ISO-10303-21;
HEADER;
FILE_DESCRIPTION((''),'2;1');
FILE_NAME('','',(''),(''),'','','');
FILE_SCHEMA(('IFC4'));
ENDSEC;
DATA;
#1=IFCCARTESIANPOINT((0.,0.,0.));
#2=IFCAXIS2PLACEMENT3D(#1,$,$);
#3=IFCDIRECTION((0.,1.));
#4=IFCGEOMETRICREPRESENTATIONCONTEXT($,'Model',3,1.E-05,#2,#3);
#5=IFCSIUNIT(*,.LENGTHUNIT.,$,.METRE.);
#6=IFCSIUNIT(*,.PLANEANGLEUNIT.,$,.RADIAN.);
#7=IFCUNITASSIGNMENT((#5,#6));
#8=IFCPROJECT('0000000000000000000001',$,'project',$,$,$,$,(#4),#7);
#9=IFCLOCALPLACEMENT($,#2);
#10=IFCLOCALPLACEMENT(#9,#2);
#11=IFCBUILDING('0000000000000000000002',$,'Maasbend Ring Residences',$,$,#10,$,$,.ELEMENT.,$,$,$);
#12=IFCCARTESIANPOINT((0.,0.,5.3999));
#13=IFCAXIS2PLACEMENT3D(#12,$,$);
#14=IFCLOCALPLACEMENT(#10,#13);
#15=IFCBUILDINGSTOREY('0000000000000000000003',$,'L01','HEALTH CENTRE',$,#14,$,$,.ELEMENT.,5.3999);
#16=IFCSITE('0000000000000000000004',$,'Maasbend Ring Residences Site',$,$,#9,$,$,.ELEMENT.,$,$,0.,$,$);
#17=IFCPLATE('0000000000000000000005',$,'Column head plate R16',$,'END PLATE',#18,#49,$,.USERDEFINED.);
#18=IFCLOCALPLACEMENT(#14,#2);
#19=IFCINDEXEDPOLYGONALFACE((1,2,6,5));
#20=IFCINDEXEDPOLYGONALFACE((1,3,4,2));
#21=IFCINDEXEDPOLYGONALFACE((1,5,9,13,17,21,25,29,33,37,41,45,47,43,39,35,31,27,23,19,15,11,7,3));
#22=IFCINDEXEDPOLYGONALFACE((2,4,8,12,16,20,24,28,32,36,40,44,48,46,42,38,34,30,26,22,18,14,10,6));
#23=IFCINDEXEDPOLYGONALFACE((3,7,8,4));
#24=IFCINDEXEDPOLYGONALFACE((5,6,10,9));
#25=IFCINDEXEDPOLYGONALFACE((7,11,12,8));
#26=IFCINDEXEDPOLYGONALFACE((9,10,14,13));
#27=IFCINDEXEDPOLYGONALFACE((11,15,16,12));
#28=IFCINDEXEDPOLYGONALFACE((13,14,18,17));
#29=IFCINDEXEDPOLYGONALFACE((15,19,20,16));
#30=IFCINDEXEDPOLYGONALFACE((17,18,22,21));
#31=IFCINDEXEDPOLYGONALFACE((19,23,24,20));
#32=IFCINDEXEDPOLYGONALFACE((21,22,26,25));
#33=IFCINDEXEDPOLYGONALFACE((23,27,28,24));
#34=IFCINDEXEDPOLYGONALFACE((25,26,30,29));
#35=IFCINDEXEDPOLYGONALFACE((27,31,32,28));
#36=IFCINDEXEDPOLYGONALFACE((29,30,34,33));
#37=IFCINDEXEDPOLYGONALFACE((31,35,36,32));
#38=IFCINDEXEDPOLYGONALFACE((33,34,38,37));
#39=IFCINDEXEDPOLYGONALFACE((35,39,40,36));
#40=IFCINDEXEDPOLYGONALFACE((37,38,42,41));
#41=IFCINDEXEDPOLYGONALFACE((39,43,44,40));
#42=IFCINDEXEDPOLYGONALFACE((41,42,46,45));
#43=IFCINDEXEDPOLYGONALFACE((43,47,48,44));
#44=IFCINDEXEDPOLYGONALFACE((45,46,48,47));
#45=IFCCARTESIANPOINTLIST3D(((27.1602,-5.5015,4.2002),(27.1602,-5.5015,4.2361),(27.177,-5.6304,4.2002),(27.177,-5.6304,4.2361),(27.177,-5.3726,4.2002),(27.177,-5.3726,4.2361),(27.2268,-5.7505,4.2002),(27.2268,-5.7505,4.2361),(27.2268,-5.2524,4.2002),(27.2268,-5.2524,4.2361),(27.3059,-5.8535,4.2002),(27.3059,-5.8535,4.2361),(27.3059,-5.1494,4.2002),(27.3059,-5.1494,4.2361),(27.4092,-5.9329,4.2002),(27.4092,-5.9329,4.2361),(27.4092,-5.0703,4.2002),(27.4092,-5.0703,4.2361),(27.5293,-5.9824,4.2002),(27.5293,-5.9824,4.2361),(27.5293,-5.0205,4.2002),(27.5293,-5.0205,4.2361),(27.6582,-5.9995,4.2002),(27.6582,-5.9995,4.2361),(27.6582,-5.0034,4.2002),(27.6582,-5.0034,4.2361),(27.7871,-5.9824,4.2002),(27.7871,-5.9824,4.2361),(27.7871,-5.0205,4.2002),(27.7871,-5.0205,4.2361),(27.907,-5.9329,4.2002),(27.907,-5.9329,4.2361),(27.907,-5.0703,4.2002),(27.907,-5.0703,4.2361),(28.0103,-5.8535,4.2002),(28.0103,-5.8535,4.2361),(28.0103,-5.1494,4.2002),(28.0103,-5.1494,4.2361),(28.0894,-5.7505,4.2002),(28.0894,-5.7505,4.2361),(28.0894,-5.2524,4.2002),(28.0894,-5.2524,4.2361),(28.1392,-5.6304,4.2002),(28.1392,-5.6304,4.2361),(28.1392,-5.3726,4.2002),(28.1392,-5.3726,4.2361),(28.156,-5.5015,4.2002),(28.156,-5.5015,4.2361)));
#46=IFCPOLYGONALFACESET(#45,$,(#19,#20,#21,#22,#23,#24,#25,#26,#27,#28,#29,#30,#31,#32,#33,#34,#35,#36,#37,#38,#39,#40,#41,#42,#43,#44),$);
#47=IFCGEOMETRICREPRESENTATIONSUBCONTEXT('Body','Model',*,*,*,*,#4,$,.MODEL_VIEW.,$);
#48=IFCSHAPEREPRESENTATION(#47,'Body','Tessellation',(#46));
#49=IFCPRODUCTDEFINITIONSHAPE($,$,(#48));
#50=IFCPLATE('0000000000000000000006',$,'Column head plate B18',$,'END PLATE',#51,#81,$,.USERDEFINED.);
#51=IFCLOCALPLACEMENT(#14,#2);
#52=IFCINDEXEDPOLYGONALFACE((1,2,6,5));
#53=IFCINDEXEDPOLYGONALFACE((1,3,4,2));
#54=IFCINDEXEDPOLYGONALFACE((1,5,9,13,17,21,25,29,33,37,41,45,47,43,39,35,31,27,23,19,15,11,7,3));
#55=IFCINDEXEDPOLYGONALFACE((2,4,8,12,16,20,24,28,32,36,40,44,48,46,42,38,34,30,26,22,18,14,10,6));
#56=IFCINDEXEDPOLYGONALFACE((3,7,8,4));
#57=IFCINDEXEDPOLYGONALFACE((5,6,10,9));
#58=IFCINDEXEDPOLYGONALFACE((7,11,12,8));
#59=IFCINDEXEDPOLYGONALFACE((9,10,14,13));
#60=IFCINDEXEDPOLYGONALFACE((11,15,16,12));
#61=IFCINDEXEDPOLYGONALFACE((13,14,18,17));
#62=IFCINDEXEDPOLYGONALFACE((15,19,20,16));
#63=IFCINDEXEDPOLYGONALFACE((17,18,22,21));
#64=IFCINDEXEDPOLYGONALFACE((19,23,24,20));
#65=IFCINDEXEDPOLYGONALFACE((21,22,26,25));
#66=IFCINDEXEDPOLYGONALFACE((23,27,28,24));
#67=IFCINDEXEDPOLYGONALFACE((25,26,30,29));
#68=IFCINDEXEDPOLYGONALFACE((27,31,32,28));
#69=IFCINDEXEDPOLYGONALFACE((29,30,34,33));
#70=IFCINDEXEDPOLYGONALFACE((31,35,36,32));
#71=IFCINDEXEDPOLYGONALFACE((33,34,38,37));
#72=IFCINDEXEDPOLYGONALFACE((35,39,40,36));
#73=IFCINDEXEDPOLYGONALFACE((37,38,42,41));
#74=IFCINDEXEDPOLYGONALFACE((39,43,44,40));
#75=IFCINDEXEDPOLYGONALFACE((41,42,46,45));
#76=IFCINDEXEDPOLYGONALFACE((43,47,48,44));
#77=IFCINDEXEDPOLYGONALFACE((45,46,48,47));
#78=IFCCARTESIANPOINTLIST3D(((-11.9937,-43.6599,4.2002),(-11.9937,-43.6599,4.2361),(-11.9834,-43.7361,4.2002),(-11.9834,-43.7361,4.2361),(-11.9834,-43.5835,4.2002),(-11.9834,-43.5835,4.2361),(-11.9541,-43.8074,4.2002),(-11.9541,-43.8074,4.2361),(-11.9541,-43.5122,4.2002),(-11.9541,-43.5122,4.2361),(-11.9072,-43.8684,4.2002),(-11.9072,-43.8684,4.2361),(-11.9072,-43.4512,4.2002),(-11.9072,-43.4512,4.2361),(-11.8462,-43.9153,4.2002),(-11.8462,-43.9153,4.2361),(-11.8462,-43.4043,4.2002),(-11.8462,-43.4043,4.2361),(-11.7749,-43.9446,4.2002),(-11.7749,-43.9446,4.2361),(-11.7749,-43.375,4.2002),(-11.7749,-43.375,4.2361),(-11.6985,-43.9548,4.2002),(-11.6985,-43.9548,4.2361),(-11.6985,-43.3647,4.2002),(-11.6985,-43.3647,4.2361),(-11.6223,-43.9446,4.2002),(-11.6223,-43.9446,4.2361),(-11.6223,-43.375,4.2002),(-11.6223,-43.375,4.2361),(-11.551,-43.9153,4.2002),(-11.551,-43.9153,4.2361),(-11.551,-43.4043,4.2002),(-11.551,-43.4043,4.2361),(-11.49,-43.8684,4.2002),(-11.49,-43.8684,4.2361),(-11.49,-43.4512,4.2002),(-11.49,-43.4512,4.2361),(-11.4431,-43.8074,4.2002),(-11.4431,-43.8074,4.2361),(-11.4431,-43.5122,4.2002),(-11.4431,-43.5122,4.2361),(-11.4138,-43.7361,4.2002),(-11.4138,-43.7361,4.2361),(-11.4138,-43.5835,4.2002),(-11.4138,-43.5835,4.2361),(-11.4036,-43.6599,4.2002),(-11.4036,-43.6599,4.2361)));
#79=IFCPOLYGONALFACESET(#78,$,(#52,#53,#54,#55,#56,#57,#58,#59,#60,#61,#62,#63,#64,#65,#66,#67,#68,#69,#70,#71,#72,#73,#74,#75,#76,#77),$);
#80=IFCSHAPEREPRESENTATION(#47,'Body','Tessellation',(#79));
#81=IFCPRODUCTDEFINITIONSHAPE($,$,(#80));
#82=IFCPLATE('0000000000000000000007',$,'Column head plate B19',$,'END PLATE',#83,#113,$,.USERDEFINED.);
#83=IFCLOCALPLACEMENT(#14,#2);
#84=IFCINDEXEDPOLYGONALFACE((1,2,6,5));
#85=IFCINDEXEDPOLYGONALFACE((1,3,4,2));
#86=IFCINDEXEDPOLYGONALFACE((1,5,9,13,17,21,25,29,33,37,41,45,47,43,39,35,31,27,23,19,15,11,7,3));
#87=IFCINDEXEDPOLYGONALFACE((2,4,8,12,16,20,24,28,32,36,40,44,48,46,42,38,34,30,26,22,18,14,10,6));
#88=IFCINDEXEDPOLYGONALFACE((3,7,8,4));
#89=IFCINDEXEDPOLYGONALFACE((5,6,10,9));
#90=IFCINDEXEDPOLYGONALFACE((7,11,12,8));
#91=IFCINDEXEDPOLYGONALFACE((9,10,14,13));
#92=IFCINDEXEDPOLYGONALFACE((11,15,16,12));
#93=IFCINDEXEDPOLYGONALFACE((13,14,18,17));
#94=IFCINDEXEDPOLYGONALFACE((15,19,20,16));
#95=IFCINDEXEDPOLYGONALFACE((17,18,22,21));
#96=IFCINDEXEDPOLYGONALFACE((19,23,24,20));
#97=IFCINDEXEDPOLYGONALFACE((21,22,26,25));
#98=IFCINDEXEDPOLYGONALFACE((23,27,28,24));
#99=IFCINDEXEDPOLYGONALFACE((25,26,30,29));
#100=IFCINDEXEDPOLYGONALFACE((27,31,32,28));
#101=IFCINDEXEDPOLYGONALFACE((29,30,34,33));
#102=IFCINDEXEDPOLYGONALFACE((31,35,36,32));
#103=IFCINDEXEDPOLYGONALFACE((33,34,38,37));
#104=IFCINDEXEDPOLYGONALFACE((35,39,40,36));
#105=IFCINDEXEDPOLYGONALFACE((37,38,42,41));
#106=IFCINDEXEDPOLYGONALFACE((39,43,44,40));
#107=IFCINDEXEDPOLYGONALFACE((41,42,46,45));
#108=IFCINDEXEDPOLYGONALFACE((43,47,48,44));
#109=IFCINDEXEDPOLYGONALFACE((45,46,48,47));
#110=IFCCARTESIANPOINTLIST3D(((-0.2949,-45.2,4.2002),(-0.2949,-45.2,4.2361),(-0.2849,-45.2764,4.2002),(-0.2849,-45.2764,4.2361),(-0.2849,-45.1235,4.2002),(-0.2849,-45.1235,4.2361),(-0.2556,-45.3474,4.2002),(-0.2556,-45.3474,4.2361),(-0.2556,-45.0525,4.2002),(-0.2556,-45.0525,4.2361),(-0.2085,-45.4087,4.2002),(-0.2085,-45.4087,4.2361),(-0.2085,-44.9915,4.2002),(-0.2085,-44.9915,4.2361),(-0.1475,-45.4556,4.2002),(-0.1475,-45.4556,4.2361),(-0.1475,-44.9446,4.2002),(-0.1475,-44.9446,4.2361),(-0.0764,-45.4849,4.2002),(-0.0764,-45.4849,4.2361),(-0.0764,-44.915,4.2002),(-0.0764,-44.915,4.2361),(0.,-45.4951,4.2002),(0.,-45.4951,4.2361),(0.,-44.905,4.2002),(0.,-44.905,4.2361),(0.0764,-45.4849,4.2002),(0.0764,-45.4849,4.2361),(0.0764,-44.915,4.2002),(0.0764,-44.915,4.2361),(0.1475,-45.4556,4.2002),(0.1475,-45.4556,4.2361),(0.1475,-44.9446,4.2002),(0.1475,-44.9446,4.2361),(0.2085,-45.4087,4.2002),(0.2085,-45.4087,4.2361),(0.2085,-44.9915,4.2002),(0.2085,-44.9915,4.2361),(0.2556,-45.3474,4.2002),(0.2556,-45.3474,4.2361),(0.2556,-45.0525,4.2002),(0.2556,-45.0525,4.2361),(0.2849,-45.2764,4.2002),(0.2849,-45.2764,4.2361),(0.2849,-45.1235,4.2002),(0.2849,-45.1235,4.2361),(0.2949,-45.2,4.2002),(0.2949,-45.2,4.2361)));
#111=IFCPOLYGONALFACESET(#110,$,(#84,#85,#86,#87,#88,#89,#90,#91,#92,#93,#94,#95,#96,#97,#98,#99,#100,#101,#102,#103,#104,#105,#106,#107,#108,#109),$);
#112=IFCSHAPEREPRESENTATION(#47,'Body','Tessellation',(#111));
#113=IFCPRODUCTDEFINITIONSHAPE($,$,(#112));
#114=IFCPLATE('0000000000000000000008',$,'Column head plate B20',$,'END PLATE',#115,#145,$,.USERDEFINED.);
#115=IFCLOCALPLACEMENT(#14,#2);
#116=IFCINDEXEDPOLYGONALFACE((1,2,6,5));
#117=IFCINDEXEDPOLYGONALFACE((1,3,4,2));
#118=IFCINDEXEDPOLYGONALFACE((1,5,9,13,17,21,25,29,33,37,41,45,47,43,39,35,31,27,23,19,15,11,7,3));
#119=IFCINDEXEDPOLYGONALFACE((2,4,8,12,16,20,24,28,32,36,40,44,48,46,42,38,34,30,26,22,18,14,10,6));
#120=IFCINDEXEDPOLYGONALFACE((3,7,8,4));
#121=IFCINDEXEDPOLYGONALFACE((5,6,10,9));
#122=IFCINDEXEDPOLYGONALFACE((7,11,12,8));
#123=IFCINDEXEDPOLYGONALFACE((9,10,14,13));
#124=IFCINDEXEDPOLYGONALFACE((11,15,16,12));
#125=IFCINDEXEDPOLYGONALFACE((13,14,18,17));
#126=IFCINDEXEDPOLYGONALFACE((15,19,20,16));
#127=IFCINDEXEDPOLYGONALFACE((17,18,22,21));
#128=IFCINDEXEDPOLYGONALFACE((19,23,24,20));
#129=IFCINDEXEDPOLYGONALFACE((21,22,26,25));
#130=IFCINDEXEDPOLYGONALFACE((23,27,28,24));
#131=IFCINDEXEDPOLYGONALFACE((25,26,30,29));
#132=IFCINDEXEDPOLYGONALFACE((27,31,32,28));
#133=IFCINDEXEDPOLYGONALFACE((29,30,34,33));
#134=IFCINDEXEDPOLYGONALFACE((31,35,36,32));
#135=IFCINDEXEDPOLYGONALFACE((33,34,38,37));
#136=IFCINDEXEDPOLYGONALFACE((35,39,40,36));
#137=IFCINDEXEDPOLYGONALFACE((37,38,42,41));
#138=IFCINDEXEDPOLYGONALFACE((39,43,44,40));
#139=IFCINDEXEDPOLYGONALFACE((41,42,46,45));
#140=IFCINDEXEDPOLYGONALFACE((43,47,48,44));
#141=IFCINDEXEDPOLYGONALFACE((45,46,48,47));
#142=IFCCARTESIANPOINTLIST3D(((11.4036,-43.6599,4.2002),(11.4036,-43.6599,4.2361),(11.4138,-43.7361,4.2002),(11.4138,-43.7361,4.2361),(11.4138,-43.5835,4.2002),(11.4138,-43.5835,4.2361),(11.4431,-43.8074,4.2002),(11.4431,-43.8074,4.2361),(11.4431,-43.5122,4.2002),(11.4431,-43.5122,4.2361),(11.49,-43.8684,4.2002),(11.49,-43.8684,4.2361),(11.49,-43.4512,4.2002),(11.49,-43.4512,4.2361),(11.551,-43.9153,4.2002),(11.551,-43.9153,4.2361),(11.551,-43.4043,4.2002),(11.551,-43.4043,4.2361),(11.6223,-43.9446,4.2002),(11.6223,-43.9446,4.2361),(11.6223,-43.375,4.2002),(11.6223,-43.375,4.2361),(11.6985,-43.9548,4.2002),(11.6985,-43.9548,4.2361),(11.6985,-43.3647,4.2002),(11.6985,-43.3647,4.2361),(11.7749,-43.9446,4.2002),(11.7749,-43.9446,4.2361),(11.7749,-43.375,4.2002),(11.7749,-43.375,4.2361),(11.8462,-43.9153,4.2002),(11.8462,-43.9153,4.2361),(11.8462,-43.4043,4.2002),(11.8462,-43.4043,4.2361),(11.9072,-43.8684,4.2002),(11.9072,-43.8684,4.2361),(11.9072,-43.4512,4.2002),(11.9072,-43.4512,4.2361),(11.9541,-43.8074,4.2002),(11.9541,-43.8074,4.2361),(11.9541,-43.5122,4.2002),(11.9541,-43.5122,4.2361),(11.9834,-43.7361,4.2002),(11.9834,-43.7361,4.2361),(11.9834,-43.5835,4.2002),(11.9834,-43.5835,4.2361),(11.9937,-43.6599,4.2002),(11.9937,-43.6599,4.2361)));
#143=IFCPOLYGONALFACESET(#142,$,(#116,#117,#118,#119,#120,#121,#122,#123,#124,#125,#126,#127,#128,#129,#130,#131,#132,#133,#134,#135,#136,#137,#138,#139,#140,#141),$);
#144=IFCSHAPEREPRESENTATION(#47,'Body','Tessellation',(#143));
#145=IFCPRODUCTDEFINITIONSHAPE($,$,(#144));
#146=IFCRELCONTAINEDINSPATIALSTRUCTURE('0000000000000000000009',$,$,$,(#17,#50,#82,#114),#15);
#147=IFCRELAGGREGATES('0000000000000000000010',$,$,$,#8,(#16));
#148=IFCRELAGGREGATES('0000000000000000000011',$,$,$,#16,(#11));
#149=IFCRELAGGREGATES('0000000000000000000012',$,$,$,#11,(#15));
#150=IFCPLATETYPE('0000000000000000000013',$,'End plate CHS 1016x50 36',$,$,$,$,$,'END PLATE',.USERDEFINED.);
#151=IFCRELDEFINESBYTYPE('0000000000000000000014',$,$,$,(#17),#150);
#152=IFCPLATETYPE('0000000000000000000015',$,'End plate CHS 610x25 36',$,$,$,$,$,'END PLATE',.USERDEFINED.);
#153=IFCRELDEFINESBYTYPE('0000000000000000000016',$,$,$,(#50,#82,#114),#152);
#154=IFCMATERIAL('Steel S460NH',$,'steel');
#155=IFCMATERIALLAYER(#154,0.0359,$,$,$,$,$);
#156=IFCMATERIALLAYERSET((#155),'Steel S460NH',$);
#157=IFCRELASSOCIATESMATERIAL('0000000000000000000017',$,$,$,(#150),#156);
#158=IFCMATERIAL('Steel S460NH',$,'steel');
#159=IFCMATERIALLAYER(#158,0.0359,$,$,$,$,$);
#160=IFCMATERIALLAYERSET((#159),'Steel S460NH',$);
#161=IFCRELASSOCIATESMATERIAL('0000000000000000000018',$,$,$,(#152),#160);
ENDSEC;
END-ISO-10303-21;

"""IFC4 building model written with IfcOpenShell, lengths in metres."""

from ifc_helpers import new_model, si_unit, direction, frame, origin, place, context, subcontext, project, spatial, polyline, outline, extrude, material, layer, layer_set, type_object, element, save


model = new_model("IFC4")

# Units and contexts
model_context = context("Model", 3, precision=1e-05, world=origin(), true_north=direction((0.0, 1.0)))
body_context = subcontext(model_context, "Body", "Model", "MODEL_VIEW")
ifc_project = project(units=[si_unit("LENGTHUNIT", "METRE"), si_unit("PLANEANGLEUNIT", "RADIAN")], contexts=[model_context])

# Site, building, storey
site_placement = place(None, origin())
site = spatial("IfcSite", under=ifc_project, at=site_placement, Name="Maasbend Ring Residences Site", CompositionType="ELEMENT", RefElevation=0.0)
building_placement = place(site_placement, origin())
building = spatial("IfcBuilding", under=site, at=building_placement, Name="Maasbend Ring Residences", CompositionType="ELEMENT")
storey_placement = place(building_placement, frame((0.0, 0.0, 5.3999)))
storey = spatial("IfcBuildingStorey", under=building, at=storey_placement, Name="L01", Description="HEALTH CENTRE", CompositionType="ELEMENT", Elevation=5.3999)

# Plates
ifc_material_1 = material(Name="Steel S460NH", Category="steel")
ifc_layer_1 = layer(ifc_material_1, 0.0359)
ifc_layer_set_1 = layer_set([ifc_layer_1], Name="Steel S460NH")
plate_type_1 = type_object("IfcPlateType", Name="End plate CHS 1016x50 36", ElementType="END PLATE", PredefinedType="USERDEFINED", material=ifc_layer_set_1)
plate_1_placement = place(storey_placement, frame((0.0, 0.0, 4.2002)))
element("IfcPlate", 1, at=plate_1_placement, inside=storey, type_object=plate_type_1, Name="Column head plate R16", ObjectType="END PLATE", PredefinedType="USERDEFINED", context=body_context, shape_type="SweptSolid", body=[
    extrude(outline(polyline([(28.156, -5.5015), (28.1392, -5.3726), (28.0894, -5.2524), (28.0103, -5.1494), (27.907, -5.0703), (27.7871, -5.0205), (27.6582, -5.0034), (27.5293, -5.0205), (27.4092, -5.0703), (27.3059, -5.1494), (27.2268, -5.2524), (27.177, -5.3726), (27.1602, -5.5015), (27.177, -5.6304), (27.2268, -5.7505), (27.3059, -5.8535), (27.4092, -5.9329), (27.5293, -5.9824), (27.6582, -5.9995), (27.7871, -5.9824), (27.907, -5.9329), (28.0103, -5.8535), (28.0894, -5.7505), (28.1392, -5.6304), (28.156, -5.5015)])), origin(), (0.0, 0.0, 1.0), 0.0359),
])
ifc_material_2 = material(Name="Steel S460NH", Category="steel")
ifc_layer_2 = layer(ifc_material_2, 0.0359)
ifc_layer_set_2 = layer_set([ifc_layer_2], Name="Steel S460NH")
plate_type_2 = type_object("IfcPlateType", Name="End plate CHS 610x25 36", ElementType="END PLATE", PredefinedType="USERDEFINED", material=ifc_layer_set_2)
plate_2_placement = place(storey_placement, frame((0.0, 0.0, 4.2002)))
element("IfcPlate", 2, at=plate_2_placement, inside=storey, type_object=plate_type_2, Name="Column head plate B18", ObjectType="END PLATE", PredefinedType="USERDEFINED", context=body_context, shape_type="SweptSolid", body=[
    extrude(outline(polyline([(-11.4036, -43.6599), (-11.4138, -43.5835), (-11.4431, -43.5122), (-11.49, -43.4512), (-11.551, -43.4043), (-11.6223, -43.375), (-11.6985, -43.3647), (-11.7749, -43.375), (-11.8462, -43.4043), (-11.9072, -43.4512), (-11.9541, -43.5122), (-11.9834, -43.5835), (-11.9937, -43.6599), (-11.9834, -43.7361), (-11.9541, -43.8074), (-11.9072, -43.8684), (-11.8462, -43.9153), (-11.7749, -43.9446), (-11.6985, -43.9548), (-11.6223, -43.9446), (-11.551, -43.9153), (-11.49, -43.8684), (-11.4431, -43.8074), (-11.4138, -43.7361), (-11.4036, -43.6599)])), origin(), (0.0, 0.0, 1.0), 0.0359),
])
plate_3_placement = place(storey_placement, frame((0.0, 0.0, 4.2002)))
element("IfcPlate", 3, at=plate_3_placement, inside=storey, type_object=plate_type_2, Name="Column head plate B19", ObjectType="END PLATE", PredefinedType="USERDEFINED", context=body_context, shape_type="SweptSolid", body=[
    extrude(outline(polyline([(0.2949, -45.2), (0.2849, -45.1235), (0.2556, -45.0525), (0.2085, -44.9915), (0.1475, -44.9446), (0.0764, -44.915), (0.0, -44.905), (-0.0764, -44.915), (-0.1475, -44.9446), (-0.2085, -44.9915), (-0.2556, -45.0525), (-0.2849, -45.1235), (-0.2949, -45.2), (-0.2849, -45.2764), (-0.2556, -45.3474), (-0.2085, -45.4087), (-0.1475, -45.4556), (-0.0764, -45.4849), (0.0, -45.4951), (0.0764, -45.4849), (0.1475, -45.4556), (0.2085, -45.4087), (0.2556, -45.3474), (0.2849, -45.2764), (0.2949, -45.2)])), origin(), (0.0, 0.0, 1.0), 0.0359),
])
plate_4_placement = place(storey_placement, frame((0.0, 0.0, 4.2002)))
element("IfcPlate", 4, at=plate_4_placement, inside=storey, type_object=plate_type_2, Name="Column head plate B20", ObjectType="END PLATE", PredefinedType="USERDEFINED", context=body_context, shape_type="SweptSolid", body=[
    extrude(outline(polyline([(11.9937, -43.6599), (11.9834, -43.5835), (11.9541, -43.5122), (11.9072, -43.4512), (11.8462, -43.4043), (11.7749, -43.375), (11.6985, -43.3647), (11.6223, -43.375), (11.551, -43.4043), (11.49, -43.4512), (11.4431, -43.5122), (11.4138, -43.5835), (11.4036, -43.6599), (11.4138, -43.7361), (11.4431, -43.8074), (11.49, -43.8684), (11.551, -43.9153), (11.6223, -43.9446), (11.6985, -43.9548), (11.7749, -43.9446), (11.8462, -43.9153), (11.9072, -43.8684), (11.9541, -43.8074), (11.9834, -43.7361), (11.9937, -43.6599)])), origin(), (0.0, 0.0, 1.0), 0.0359),
])

save(model, "model.ifc")
